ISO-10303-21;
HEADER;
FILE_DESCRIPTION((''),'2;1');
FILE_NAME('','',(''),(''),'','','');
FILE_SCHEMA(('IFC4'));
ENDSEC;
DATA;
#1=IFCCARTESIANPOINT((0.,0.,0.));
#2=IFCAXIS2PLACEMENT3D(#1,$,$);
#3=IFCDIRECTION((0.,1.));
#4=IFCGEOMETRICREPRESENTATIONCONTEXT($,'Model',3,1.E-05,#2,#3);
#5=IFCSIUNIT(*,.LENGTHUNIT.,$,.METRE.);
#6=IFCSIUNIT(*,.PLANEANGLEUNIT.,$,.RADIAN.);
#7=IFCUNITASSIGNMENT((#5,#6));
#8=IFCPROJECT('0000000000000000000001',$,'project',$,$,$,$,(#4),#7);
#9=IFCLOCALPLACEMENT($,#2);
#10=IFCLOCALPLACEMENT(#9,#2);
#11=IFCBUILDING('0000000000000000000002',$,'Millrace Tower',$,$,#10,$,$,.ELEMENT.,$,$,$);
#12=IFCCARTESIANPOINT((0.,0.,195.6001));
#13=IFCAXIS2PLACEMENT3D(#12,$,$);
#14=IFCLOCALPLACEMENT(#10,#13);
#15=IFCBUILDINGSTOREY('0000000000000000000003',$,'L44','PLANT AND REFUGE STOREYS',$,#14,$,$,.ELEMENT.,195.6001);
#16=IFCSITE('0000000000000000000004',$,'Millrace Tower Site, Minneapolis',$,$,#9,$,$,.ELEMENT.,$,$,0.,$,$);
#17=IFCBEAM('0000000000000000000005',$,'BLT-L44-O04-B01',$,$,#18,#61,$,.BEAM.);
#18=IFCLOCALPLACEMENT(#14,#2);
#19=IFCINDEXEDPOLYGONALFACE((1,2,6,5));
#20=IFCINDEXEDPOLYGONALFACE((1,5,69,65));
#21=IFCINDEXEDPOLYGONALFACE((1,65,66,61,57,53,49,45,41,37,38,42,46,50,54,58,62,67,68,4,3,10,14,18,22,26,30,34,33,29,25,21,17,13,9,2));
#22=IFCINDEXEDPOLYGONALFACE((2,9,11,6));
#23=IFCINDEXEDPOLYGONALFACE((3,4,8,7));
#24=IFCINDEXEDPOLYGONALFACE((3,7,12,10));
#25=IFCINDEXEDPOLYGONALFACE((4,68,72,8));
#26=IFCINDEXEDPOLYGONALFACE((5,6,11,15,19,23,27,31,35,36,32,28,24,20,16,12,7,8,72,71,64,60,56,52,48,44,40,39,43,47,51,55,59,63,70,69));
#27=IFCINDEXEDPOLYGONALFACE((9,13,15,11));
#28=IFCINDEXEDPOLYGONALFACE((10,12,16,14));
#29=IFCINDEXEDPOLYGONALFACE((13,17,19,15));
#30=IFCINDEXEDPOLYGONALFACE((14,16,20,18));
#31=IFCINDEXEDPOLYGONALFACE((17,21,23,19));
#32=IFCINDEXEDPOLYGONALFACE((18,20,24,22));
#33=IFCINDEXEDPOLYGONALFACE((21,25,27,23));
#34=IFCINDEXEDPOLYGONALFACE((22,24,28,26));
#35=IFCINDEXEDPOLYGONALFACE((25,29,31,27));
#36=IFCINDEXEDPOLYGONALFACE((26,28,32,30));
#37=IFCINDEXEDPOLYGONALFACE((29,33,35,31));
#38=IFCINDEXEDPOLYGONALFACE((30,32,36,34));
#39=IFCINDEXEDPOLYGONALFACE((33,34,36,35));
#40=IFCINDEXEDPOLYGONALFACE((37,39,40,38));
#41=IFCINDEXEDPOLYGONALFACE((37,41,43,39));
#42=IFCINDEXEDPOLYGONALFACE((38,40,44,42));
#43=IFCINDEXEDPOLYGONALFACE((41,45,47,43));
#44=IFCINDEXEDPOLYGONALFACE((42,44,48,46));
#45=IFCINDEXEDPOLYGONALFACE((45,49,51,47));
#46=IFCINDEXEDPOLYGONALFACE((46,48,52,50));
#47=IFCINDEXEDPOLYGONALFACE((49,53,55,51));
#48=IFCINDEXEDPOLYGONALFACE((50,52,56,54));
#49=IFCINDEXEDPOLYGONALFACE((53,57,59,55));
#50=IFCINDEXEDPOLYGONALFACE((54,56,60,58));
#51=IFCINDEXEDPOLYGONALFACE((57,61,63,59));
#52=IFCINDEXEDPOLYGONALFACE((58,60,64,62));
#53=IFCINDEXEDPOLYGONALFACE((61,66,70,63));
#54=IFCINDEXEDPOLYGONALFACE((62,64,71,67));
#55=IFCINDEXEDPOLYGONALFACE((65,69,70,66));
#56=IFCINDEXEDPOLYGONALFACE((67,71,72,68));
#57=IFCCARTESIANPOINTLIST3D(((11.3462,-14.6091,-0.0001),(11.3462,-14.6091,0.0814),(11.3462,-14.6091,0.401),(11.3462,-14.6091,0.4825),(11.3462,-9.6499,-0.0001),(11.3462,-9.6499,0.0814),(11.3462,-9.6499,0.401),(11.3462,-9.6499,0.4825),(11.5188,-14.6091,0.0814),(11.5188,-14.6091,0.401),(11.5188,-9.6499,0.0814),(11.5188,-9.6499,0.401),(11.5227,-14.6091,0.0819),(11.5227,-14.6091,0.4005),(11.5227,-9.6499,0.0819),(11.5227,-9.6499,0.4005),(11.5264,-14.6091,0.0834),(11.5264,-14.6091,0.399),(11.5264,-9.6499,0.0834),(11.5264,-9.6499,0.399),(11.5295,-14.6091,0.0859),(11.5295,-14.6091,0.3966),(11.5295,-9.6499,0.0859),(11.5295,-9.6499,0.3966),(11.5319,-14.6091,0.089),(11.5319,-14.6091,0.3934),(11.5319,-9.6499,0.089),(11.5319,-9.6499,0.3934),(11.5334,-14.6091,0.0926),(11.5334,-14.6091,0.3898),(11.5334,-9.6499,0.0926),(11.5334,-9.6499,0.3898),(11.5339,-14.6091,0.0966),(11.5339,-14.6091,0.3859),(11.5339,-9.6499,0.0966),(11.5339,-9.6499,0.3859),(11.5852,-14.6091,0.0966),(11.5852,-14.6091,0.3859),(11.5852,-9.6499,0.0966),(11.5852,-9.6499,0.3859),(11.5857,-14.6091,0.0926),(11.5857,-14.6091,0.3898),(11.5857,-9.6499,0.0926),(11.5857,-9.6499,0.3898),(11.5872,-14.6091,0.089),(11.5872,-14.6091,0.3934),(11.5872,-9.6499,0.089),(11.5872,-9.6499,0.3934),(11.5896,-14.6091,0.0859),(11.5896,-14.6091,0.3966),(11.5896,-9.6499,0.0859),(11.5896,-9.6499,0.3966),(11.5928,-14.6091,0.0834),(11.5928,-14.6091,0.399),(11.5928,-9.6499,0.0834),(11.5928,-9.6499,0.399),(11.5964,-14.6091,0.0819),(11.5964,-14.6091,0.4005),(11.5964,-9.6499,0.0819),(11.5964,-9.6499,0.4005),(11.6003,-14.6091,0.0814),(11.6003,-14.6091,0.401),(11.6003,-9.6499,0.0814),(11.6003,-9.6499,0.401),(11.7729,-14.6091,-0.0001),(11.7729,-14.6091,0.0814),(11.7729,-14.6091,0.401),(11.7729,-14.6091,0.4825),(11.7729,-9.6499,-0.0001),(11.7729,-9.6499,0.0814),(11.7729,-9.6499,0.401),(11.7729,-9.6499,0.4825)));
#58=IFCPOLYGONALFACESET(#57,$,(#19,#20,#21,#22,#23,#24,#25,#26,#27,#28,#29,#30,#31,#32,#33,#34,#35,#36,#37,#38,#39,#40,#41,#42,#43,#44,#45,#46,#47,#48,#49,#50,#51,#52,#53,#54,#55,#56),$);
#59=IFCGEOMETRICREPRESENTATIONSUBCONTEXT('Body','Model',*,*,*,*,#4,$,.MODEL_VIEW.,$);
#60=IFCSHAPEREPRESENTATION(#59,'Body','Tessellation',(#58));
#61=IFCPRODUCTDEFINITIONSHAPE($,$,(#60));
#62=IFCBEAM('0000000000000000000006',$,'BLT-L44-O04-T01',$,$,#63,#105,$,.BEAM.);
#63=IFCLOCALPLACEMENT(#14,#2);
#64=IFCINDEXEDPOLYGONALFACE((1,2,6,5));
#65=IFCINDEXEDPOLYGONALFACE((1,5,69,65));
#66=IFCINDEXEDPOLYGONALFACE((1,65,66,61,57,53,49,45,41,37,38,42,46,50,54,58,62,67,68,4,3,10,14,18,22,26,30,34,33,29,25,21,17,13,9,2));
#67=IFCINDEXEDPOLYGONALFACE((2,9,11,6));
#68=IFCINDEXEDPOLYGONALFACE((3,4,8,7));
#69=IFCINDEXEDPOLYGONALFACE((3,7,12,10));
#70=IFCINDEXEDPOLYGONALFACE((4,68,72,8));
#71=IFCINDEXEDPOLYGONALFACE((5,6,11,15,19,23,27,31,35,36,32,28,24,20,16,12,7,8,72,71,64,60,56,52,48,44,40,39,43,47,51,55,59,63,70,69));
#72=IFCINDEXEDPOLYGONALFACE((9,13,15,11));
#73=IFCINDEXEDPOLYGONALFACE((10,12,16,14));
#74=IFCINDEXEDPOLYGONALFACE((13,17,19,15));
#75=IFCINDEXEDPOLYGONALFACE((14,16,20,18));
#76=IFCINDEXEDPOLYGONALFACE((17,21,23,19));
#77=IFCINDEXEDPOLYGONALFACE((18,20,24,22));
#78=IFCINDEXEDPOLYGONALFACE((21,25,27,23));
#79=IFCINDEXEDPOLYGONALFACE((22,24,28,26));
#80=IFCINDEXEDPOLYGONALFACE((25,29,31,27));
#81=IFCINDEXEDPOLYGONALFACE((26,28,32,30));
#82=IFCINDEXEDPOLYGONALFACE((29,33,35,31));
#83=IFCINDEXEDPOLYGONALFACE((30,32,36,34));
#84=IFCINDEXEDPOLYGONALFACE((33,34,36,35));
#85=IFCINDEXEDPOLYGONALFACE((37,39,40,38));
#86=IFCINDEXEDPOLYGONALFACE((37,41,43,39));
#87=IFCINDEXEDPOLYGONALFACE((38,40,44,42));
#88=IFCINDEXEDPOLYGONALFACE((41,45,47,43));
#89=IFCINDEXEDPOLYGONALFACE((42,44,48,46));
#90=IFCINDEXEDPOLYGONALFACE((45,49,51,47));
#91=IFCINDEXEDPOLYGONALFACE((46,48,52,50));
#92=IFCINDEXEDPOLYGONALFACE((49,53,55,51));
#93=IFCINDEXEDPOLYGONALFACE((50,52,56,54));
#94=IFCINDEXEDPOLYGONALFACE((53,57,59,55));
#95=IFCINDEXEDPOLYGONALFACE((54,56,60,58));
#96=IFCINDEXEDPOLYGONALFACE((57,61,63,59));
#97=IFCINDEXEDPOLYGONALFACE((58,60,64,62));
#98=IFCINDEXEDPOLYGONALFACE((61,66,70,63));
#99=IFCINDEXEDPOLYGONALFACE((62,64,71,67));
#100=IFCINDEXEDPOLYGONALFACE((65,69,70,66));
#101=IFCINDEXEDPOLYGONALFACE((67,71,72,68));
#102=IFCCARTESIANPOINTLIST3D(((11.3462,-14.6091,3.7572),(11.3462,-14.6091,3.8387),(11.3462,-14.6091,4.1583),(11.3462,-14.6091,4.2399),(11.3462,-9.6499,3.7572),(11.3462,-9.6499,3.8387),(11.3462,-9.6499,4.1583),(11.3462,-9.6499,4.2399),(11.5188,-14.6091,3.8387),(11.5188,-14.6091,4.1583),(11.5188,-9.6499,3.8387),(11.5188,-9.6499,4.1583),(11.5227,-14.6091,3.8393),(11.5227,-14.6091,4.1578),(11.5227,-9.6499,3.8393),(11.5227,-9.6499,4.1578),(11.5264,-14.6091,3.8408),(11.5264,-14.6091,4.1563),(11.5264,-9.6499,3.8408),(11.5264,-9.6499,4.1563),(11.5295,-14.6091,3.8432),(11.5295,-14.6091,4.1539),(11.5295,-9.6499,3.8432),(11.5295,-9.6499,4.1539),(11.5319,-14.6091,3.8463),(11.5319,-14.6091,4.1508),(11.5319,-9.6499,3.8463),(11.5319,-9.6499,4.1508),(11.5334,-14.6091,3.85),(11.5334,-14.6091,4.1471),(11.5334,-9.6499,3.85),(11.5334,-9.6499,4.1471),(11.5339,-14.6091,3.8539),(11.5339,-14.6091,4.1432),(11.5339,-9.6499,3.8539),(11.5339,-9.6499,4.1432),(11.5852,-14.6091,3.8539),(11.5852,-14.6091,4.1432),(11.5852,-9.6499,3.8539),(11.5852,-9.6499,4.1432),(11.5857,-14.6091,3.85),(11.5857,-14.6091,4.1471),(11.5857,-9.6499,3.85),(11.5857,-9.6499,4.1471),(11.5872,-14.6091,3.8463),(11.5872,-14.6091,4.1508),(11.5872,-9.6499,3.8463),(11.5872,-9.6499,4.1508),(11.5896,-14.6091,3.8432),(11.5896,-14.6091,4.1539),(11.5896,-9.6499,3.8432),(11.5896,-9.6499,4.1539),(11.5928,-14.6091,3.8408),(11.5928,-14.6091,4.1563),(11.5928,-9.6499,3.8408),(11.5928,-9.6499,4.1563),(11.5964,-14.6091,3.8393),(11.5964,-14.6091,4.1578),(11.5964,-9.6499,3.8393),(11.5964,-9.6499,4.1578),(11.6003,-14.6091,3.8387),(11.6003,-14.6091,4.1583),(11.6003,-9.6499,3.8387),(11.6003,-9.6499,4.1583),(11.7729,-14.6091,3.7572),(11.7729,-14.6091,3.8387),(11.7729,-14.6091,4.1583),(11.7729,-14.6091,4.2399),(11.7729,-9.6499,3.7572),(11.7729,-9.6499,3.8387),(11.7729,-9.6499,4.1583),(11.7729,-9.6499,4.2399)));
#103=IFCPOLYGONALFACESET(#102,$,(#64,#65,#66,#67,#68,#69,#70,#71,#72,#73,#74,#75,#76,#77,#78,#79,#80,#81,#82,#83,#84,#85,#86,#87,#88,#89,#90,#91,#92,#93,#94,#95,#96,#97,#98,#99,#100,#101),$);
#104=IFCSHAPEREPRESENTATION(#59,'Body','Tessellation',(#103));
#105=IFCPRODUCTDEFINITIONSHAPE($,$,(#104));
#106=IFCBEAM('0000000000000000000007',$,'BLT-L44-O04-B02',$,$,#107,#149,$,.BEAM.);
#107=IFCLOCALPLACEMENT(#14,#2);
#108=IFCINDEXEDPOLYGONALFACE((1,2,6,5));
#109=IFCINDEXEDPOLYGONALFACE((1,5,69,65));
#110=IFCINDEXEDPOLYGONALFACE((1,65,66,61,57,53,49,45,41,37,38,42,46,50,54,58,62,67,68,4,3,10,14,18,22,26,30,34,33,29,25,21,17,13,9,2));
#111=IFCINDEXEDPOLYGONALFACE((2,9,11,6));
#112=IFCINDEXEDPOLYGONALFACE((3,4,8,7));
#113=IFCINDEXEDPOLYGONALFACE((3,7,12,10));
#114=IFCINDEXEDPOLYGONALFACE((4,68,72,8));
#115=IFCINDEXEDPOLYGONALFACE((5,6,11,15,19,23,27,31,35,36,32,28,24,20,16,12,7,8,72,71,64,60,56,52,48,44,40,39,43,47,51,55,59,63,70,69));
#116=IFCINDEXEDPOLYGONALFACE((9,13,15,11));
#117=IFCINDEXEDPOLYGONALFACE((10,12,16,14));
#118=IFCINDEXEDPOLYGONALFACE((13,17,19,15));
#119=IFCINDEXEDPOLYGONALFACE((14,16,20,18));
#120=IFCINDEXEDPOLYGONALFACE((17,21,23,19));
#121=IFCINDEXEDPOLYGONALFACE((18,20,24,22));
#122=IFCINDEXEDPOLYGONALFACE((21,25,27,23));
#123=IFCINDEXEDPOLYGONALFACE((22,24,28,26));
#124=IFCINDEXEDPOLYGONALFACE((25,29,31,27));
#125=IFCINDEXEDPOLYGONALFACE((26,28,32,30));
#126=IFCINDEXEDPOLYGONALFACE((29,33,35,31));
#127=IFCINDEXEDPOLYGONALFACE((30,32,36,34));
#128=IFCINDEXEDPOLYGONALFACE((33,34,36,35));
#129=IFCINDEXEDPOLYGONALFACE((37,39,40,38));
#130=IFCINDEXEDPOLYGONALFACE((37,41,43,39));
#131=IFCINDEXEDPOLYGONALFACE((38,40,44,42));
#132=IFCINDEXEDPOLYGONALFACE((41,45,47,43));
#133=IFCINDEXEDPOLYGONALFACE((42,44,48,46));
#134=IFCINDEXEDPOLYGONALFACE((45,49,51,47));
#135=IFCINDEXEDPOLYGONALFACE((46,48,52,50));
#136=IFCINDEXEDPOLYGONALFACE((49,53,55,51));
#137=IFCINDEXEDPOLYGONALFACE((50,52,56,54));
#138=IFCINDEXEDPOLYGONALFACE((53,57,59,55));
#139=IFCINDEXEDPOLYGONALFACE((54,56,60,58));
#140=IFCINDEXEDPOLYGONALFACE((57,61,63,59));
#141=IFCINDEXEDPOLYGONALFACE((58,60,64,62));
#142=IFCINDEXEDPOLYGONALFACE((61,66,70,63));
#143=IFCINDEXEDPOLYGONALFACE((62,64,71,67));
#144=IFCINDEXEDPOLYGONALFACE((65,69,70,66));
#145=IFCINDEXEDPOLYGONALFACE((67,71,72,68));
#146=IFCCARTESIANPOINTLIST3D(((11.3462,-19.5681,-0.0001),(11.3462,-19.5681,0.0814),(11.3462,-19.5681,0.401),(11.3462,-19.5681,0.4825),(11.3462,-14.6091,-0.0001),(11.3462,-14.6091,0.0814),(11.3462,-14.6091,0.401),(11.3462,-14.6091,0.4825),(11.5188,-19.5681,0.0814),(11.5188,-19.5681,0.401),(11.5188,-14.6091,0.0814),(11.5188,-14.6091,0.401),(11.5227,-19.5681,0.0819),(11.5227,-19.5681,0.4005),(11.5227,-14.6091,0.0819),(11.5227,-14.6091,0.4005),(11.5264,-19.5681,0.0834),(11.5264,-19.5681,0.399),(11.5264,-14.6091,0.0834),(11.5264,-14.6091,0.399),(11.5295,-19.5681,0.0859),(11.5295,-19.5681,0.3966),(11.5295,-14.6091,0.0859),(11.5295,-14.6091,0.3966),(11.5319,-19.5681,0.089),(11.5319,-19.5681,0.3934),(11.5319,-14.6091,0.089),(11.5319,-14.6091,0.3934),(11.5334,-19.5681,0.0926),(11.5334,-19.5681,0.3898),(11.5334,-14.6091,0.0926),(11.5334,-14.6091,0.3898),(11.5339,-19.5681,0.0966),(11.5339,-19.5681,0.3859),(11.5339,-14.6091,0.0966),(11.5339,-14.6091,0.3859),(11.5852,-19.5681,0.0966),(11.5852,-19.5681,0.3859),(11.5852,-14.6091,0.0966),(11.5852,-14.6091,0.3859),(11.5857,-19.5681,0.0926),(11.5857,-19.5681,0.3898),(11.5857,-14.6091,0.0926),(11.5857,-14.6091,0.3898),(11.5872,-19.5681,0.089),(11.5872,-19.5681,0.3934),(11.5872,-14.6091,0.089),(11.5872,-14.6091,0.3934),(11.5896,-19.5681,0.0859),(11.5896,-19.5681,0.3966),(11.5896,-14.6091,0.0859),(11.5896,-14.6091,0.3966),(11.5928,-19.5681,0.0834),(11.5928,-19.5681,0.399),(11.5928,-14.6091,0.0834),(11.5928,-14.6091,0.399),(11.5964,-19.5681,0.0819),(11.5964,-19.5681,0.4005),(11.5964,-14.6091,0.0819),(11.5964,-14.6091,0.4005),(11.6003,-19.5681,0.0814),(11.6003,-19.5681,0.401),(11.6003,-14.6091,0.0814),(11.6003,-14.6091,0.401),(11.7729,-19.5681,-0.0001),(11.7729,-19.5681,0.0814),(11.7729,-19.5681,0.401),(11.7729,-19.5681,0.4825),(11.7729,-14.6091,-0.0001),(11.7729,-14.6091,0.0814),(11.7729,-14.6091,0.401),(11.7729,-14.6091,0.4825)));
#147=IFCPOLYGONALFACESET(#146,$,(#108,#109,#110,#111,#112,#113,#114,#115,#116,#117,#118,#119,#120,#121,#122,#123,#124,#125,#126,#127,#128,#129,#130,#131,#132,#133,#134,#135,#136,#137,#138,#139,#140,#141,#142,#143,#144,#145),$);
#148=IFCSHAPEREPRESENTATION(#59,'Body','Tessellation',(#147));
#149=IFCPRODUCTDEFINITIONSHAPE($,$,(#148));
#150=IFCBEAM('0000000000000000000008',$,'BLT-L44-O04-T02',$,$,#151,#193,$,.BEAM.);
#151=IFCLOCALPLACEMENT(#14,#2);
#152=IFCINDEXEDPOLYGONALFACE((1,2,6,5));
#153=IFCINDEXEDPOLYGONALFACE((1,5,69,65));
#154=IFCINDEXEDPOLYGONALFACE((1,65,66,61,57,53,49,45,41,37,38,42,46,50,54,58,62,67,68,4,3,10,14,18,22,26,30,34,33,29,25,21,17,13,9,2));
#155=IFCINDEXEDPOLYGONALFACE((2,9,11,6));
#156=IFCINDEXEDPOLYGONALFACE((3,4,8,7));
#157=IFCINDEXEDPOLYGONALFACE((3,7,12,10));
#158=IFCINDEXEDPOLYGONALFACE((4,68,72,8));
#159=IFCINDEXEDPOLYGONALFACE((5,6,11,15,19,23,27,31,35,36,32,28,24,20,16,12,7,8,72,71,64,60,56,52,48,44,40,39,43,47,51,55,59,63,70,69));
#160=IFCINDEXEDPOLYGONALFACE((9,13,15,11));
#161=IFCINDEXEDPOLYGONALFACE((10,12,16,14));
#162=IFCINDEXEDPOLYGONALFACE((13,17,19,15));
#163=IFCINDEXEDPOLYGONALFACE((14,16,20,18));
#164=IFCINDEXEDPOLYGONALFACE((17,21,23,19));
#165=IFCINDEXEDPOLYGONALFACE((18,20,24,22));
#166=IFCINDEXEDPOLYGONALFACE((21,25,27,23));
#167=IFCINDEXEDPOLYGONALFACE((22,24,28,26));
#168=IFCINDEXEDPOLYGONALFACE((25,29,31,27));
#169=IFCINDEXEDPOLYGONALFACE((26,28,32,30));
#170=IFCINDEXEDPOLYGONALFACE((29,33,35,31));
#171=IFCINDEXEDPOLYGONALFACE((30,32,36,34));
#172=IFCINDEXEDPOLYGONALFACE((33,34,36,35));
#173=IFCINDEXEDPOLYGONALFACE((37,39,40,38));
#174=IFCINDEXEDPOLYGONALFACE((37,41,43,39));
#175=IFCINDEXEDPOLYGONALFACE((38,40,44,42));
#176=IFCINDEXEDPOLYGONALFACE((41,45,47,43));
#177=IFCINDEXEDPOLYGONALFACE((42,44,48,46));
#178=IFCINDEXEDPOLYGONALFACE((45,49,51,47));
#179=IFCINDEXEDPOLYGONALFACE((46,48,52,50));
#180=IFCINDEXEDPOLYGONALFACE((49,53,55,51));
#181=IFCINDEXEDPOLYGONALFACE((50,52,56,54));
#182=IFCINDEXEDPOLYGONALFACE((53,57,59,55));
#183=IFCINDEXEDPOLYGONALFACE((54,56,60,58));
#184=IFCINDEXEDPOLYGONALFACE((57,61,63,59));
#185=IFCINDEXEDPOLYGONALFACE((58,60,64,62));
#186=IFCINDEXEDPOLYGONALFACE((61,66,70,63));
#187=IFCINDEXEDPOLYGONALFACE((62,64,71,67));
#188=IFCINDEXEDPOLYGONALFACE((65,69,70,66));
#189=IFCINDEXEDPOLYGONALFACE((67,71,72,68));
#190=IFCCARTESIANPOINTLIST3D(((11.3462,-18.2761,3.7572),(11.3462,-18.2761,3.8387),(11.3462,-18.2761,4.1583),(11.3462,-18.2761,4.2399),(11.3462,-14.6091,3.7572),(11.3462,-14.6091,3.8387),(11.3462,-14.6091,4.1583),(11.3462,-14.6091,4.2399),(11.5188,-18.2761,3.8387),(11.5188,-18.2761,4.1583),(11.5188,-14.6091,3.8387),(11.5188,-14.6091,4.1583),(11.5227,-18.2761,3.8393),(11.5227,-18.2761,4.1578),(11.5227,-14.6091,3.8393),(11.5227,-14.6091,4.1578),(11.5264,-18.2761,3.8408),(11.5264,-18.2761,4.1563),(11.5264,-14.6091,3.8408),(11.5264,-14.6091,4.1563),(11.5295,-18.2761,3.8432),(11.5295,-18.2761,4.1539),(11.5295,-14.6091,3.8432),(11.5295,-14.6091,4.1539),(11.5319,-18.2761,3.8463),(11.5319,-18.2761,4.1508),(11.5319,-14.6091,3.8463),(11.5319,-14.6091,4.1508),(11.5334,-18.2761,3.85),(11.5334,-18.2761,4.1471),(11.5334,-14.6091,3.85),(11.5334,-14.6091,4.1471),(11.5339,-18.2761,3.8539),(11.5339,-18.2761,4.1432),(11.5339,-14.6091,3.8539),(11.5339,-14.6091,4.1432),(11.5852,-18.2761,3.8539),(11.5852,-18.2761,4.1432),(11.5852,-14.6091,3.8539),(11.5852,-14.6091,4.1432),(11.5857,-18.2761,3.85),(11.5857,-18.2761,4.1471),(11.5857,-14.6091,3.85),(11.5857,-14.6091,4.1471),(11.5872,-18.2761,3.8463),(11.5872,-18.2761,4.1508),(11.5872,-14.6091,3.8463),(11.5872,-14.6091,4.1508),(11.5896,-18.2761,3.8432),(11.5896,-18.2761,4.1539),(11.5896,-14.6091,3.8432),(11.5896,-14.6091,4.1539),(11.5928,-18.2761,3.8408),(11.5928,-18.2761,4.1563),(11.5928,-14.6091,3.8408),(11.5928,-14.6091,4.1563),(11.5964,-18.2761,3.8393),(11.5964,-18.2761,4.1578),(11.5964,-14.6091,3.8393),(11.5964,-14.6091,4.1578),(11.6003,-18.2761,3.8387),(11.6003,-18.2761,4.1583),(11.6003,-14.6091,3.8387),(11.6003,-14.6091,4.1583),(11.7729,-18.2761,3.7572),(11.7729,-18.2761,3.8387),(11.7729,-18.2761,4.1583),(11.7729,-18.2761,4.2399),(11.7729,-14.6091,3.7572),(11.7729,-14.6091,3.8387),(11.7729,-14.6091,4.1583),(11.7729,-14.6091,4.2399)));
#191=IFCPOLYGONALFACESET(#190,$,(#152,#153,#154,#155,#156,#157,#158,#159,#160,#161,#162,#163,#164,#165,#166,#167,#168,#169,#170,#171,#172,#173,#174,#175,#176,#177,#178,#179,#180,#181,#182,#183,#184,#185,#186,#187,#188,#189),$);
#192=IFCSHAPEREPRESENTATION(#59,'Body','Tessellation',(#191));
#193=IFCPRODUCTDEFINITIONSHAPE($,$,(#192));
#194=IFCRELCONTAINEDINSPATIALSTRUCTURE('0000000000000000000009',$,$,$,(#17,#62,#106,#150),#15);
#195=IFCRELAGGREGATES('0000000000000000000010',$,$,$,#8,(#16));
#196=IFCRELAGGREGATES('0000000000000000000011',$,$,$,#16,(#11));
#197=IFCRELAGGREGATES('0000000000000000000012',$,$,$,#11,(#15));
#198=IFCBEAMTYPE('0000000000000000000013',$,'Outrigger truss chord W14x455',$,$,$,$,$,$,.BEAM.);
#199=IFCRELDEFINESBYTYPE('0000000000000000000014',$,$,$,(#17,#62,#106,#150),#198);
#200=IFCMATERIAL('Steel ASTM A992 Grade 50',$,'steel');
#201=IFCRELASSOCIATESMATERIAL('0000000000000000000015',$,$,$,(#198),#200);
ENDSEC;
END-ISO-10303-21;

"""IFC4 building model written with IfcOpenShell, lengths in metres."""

from ifc_helpers import new_model, si_unit, direction, frame, origin, origin_2d, place, context, subcontext, project, spatial, i_section, extrude, material, material_profile, profile_set, type_object, element, save


model = new_model("IFC4")

# Units and contexts
model_context = context("Model", 3, precision=1e-05, world=origin(), true_north=direction((0.0, 1.0)))
body_context = subcontext(model_context, "Body", "Model", "MODEL_VIEW")
ifc_project = project(units=[si_unit("LENGTHUNIT", "METRE"), si_unit("PLANEANGLEUNIT", "RADIAN")], contexts=[model_context])

# Site, building, storey
site_placement = place(None, origin())
site = spatial("IfcSite", under=ifc_project, at=site_placement, Name="Millrace Tower Site, Minneapolis", CompositionType="ELEMENT", RefElevation=0.0)
building_placement = place(site_placement, origin())
building = spatial("IfcBuilding", under=site, at=building_placement, Name="Millrace Tower", CompositionType="ELEMENT")
storey_placement = place(building_placement, frame((0.0, 0.0, 195.6001)))
storey = spatial("IfcBuildingStorey", under=building, at=storey_placement, Name="L44", Description="PLANT AND REFUGE STOREYS", CompositionType="ELEMENT", Elevation=195.6001)

# Beams
ifc_material_1 = material(Name="Steel ASTM A992 Grade 50", Category="steel")
ifc_material_profile_1 = material_profile(ifc_material_1, i_section(OverallWidth=0.4268, OverallDepth=0.4827, WebThickness=0.0513, FlangeThickness=0.0815, FilletRadius=0.0151, at=origin_2d()))
ifc_profile_set_1 = profile_set([ifc_material_profile_1], Name="Steel ASTM A992 Grade 50")
beam_type = type_object("IfcBeamType", Name="Outrigger truss chord W14x455", PredefinedType="BEAM", material=ifc_profile_set_1)
for number, where, z_axis, x_axis, name in (
    (1, (11.5596, -9.6499, 0.2412), (0.0, -1.0, 0.0), (1.0, 0.0, 0.0), "BLT-L44-O04-B01"),
    (2, (11.5596, -9.6499, 3.9985), (0.0, -1.0, 0.0), (1.0, 0.0, 0.0), "BLT-L44-O04-T01"),
):
    element("IfcBeam", number, at=place(storey_placement, frame(where, z_axis=z_axis, x_axis=x_axis)), inside=storey, type_object=beam_type, Name=name, PredefinedType="BEAM", context=body_context, shape_type="SweptSolid", body=[
        extrude(i_section(OverallWidth=0.4268, OverallDepth=0.4827, WebThickness=0.0513, FlangeThickness=0.0815, FilletRadius=0.0151, at=origin_2d()), origin(), (0.0, 0.0, 1.0), 4.9592),
    ])
beam_1_placement = place(storey_placement, frame((11.5596, -14.6091, 0.2412), z_axis=(0.0, -1.0, 0.0), x_axis=(1.0, 0.0, 0.0)))
element("IfcBeam", 3, at=beam_1_placement, inside=storey, type_object=beam_type, Name="BLT-L44-O04-B02", PredefinedType="BEAM", context=body_context, shape_type="SweptSolid", body=[
    extrude(i_section(OverallWidth=0.4268, OverallDepth=0.4827, WebThickness=0.0513, FlangeThickness=0.0815, FilletRadius=0.0151, at=origin_2d()), origin(), (0.0, 0.0, 1.0), 4.959),
])
beam_2_placement = place(storey_placement, frame((11.5596, -14.6091, 3.9985), z_axis=(0.0, -1.0, 0.0), x_axis=(1.0, 0.0, 0.0)))
element("IfcBeam", 4, at=beam_2_placement, inside=storey, type_object=beam_type, Name="BLT-L44-O04-T02", PredefinedType="BEAM", context=body_context, shape_type="SweptSolid", body=[
    extrude(i_section(OverallWidth=0.4268, OverallDepth=0.4827, WebThickness=0.0513, FlangeThickness=0.0815, FilletRadius=0.0151, at=origin_2d()), origin(), (0.0, 0.0, 1.0), 3.667),
])

save(model, "model.ifc")
